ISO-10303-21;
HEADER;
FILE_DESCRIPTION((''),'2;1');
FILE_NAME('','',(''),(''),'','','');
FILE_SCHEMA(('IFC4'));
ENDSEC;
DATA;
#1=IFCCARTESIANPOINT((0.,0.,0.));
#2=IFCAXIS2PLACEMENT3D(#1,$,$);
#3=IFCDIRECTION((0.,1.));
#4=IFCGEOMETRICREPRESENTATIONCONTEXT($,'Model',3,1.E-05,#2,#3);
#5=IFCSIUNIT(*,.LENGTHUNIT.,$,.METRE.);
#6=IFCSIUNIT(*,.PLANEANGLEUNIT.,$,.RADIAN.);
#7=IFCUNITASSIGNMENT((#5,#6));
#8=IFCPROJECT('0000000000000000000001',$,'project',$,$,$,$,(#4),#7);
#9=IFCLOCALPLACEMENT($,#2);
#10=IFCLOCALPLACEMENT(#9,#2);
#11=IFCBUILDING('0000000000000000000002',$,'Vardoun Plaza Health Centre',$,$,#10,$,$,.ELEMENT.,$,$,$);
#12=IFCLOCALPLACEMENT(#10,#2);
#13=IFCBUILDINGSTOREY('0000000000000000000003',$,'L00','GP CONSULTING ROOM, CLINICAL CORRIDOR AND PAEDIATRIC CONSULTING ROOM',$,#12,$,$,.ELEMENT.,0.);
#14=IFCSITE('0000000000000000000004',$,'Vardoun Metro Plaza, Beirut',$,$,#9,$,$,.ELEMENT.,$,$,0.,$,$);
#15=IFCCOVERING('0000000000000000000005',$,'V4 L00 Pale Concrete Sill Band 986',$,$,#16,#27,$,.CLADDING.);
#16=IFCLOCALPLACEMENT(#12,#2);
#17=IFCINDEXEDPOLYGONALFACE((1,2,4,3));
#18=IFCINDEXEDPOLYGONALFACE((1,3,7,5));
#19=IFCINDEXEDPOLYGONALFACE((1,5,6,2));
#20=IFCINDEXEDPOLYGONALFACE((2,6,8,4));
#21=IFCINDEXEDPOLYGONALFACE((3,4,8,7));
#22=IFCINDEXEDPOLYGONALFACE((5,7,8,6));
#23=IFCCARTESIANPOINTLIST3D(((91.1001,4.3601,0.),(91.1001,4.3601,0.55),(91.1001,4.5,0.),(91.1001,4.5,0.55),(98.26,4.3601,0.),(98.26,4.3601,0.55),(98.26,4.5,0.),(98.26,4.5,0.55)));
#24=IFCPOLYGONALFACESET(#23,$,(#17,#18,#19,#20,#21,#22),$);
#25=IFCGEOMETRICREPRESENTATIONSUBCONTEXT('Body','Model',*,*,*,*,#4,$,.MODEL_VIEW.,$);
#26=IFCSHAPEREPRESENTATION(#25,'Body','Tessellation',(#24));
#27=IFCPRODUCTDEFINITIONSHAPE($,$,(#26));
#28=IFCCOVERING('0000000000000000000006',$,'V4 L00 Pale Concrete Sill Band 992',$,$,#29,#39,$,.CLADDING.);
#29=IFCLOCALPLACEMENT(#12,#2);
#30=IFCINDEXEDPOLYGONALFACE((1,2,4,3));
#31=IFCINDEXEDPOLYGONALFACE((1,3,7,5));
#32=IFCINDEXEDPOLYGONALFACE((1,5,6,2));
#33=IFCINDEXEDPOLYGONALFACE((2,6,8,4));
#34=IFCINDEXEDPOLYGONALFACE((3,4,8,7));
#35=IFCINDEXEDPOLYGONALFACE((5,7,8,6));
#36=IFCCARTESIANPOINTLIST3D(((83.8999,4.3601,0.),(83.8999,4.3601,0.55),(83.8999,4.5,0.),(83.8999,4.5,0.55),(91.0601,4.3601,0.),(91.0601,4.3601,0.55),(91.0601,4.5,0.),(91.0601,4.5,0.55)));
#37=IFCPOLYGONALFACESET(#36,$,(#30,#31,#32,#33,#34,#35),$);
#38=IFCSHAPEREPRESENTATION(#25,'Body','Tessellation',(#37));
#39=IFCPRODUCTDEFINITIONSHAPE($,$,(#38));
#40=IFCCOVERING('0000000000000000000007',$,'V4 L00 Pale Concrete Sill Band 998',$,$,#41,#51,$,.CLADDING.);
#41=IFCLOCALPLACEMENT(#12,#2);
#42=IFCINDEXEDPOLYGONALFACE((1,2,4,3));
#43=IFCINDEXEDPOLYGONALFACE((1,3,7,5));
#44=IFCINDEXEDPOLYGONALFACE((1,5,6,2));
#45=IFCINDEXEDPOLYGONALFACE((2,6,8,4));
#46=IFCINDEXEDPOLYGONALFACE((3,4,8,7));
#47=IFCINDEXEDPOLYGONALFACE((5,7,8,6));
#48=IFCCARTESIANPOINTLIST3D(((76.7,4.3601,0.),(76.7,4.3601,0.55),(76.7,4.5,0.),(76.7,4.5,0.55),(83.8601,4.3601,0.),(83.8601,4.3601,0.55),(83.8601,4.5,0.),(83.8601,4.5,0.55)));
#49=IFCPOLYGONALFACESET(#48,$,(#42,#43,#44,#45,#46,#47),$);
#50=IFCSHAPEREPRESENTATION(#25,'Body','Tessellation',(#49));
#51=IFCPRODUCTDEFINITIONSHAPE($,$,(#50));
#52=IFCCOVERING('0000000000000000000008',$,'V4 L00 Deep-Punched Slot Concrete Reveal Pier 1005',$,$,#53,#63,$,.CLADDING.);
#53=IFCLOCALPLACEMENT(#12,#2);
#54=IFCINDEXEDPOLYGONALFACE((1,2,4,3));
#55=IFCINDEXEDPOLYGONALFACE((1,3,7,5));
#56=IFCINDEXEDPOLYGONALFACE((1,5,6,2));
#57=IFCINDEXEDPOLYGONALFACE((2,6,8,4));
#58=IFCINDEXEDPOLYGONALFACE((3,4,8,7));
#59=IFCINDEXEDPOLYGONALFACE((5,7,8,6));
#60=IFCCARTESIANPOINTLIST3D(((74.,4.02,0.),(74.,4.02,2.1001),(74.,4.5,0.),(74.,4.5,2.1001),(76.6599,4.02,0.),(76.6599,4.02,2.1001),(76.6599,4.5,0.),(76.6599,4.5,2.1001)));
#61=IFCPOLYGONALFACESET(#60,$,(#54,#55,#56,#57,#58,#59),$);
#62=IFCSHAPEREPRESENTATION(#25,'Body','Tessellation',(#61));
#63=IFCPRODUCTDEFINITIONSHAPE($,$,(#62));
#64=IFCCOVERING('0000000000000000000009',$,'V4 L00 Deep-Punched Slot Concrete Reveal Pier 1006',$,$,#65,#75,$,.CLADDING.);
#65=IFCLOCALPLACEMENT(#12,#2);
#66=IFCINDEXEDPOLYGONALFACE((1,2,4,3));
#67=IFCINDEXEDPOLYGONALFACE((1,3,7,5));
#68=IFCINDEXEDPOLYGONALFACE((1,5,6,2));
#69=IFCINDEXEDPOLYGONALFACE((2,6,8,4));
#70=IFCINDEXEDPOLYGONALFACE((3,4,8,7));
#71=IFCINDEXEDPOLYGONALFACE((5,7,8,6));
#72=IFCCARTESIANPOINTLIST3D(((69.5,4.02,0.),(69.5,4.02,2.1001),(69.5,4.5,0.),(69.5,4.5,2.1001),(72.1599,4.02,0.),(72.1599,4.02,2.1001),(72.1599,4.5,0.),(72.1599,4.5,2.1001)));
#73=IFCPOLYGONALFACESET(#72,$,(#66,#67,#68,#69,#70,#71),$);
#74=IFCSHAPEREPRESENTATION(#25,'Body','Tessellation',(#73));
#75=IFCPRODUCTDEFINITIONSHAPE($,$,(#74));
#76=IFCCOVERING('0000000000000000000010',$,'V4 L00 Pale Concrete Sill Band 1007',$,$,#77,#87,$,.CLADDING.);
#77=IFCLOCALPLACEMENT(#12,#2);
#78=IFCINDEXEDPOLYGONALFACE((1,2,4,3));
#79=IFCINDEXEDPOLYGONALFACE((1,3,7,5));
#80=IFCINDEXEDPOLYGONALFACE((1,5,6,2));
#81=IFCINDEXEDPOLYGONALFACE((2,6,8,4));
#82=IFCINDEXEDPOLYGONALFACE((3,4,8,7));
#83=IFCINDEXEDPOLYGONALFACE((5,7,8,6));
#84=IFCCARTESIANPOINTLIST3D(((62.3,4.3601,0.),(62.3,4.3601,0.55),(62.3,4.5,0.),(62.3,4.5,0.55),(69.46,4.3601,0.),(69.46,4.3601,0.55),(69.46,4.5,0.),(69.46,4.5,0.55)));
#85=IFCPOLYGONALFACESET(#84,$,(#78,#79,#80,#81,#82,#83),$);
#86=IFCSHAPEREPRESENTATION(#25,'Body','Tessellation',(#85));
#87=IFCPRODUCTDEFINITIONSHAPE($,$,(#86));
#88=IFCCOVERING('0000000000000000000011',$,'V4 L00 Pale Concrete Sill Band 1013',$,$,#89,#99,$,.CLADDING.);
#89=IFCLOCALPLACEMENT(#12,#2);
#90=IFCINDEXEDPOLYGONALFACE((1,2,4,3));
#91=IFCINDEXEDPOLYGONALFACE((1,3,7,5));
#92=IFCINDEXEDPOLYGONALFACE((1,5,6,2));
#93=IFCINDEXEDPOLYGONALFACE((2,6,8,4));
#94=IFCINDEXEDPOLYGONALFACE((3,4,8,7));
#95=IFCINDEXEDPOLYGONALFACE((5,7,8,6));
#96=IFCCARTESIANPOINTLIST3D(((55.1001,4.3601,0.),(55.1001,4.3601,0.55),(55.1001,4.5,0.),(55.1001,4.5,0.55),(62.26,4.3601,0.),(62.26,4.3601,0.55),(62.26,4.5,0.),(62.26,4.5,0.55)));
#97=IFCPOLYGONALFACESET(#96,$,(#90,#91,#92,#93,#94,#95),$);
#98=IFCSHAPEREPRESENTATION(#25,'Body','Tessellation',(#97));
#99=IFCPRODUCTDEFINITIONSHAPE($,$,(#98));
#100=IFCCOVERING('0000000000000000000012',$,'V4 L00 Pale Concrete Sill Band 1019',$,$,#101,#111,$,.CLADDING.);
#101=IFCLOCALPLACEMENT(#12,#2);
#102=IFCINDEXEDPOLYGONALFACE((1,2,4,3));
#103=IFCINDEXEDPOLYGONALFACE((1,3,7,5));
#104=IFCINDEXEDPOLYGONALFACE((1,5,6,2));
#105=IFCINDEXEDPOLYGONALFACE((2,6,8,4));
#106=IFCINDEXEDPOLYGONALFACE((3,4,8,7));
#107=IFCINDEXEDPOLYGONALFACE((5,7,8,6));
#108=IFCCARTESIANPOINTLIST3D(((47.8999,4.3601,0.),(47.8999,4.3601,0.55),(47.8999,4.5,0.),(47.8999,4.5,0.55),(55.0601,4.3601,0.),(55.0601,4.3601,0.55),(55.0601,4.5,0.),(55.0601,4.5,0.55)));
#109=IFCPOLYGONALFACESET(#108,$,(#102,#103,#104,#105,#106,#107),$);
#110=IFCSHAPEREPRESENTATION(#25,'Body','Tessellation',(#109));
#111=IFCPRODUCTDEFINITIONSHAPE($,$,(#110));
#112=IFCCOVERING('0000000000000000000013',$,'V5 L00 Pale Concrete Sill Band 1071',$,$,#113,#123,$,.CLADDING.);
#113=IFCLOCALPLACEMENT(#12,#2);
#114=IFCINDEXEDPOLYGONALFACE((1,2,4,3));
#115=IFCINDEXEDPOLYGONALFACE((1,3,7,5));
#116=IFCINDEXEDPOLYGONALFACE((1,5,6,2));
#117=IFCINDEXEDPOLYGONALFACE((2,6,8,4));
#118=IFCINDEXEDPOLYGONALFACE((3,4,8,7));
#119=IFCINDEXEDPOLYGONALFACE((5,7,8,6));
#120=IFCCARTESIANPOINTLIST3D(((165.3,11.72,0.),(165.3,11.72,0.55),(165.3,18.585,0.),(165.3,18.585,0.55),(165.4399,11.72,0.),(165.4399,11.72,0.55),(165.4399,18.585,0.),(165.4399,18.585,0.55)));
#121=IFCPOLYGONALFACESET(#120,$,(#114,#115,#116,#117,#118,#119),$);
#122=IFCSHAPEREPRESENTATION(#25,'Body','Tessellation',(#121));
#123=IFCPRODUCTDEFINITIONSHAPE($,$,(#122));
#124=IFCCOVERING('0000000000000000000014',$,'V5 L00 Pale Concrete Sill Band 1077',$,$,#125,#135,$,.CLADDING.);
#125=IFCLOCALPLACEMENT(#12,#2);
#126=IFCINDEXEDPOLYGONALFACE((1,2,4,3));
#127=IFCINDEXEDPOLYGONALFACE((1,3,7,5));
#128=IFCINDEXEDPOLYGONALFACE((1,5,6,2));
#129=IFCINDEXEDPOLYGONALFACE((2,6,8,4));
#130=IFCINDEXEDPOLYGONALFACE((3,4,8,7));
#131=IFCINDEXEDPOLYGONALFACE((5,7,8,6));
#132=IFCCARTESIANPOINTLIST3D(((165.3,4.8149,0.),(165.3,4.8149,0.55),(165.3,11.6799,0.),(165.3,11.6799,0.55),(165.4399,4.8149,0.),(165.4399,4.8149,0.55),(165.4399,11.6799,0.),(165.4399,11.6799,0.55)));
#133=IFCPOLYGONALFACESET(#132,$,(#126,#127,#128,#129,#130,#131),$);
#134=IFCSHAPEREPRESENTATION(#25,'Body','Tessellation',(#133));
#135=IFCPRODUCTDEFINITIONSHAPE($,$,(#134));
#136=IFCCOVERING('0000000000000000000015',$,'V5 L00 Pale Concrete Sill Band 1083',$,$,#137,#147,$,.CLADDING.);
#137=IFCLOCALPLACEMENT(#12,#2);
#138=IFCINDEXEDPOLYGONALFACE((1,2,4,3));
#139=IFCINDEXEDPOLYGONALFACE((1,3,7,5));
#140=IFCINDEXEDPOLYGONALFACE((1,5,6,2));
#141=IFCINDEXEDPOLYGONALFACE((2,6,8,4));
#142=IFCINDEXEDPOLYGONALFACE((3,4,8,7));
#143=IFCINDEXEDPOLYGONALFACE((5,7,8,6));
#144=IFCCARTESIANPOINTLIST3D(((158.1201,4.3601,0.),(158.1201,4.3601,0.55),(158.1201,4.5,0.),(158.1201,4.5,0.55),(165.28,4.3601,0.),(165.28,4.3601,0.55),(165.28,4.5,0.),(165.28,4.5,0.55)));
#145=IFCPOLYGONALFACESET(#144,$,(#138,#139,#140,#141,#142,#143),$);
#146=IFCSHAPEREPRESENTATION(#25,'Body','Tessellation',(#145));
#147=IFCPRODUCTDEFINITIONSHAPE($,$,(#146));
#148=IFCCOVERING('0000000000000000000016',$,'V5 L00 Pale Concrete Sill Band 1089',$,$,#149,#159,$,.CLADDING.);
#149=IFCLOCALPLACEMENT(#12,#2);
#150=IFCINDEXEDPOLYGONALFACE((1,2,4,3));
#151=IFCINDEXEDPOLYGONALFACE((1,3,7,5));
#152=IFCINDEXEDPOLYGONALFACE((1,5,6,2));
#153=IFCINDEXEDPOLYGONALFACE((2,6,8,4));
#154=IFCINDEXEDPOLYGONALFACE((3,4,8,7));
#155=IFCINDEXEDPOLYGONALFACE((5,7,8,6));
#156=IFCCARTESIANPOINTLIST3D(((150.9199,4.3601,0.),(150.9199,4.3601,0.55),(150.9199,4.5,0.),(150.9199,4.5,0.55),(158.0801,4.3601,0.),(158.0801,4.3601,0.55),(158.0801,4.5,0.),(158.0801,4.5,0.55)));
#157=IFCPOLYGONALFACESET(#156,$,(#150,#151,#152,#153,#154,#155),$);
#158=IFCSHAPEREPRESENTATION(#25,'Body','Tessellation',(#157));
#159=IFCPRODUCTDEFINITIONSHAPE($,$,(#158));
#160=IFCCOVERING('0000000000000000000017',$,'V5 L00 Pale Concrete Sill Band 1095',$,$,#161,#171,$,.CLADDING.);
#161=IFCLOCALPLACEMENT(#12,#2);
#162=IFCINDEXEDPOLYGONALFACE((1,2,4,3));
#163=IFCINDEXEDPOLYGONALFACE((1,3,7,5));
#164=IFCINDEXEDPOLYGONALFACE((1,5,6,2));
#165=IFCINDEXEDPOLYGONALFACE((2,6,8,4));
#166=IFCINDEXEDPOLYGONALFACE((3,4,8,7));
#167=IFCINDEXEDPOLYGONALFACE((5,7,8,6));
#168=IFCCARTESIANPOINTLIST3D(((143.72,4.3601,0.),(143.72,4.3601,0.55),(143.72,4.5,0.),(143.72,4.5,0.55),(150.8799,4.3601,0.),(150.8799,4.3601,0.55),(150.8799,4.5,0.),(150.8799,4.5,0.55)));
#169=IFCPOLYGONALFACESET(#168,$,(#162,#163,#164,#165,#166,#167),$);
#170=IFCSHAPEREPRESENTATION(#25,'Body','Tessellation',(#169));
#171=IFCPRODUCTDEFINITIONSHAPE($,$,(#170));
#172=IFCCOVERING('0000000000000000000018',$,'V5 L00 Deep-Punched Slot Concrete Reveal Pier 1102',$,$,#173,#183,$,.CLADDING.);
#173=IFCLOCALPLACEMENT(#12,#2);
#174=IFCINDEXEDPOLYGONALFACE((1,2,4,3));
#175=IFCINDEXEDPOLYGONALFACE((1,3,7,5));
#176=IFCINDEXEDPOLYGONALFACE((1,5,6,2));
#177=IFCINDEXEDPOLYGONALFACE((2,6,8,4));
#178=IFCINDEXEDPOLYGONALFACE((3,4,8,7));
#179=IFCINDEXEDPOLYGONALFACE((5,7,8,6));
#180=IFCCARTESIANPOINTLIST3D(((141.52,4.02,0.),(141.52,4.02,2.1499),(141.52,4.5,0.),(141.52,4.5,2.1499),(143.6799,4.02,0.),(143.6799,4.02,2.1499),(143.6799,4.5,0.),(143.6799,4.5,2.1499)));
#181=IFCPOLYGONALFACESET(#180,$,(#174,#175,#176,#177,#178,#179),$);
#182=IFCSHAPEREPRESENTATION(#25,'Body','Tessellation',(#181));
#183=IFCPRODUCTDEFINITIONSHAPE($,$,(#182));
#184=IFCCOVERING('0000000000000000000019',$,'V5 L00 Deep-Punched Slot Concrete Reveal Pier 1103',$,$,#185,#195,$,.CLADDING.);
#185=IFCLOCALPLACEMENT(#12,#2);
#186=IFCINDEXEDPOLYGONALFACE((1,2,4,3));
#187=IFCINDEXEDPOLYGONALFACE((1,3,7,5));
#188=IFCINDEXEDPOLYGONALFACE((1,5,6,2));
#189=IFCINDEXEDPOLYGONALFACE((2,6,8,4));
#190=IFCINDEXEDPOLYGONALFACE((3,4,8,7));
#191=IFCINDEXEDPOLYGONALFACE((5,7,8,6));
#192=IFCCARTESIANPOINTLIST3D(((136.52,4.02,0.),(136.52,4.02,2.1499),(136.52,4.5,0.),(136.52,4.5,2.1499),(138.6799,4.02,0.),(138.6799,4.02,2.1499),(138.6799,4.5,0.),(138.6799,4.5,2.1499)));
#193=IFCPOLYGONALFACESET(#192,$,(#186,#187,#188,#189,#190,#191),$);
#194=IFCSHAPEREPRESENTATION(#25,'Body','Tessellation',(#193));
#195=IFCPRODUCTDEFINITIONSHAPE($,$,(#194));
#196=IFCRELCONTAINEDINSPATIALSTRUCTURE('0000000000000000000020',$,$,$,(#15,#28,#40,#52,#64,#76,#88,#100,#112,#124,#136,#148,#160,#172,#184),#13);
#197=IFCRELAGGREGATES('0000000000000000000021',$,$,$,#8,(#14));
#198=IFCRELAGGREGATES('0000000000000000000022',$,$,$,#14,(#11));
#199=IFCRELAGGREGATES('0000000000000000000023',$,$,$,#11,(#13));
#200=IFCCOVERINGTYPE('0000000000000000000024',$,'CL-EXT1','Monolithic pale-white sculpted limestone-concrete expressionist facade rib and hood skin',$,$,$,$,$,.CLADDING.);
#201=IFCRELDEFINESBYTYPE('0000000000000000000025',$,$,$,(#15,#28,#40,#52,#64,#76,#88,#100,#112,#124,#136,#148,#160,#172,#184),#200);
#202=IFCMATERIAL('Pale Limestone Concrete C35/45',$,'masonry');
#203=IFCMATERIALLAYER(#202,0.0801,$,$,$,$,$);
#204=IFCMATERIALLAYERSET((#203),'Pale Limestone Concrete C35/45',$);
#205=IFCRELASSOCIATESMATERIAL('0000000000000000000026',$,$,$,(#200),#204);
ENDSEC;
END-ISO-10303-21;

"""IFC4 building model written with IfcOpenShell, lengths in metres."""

from ifc_helpers import new_model, si_unit, direction, origin, place, context, subcontext, project, spatial, polyline, outline, extrude, material, layer, layer_set, type_object, element, save


model = new_model("IFC4")

# Units and contexts
model_context = context("Model", 3, precision=1e-05, world=origin(), true_north=direction((0.0, 1.0)))
body_context = subcontext(model_context, "Body", "Model", "MODEL_VIEW")
ifc_project = project(units=[si_unit("LENGTHUNIT", "METRE"), si_unit("PLANEANGLEUNIT", "RADIAN")], contexts=[model_context])

# Site, building, storey
site_placement = place(None, origin())
site = spatial("IfcSite", under=ifc_project, at=site_placement, Name="Vardoun Metro Plaza, Beirut", CompositionType="ELEMENT", RefElevation=0.0)
building_placement = place(site_placement, origin())
building = spatial("IfcBuilding", under=site, at=building_placement, Name="Vardoun Plaza Health Centre", CompositionType="ELEMENT")
storey_placement = place(building_placement, origin())
storey = spatial("IfcBuildingStorey", under=building, at=storey_placement, Name="L00", Description="GP CONSULTING ROOM, CLINICAL CORRIDOR AND PAEDIATRIC CONSULTING ROOM", CompositionType="ELEMENT", Elevation=0.0)

# Coverings
ifc_material = material(Name="Pale Limestone Concrete C35/45", Category="masonry")
ifc_layer = layer(ifc_material, 0.0801)
ifc_layer_set = layer_set([ifc_layer], Name="Pale Limestone Concrete C35/45")
covering_type = type_object("IfcCoveringType", Name="CL-EXT1", Description="Monolithic pale-white sculpted limestone-concrete expressionist facade rib and hood skin", PredefinedType="CLADDING", material=ifc_layer_set)
covering_1_placement = place(storey_placement, origin())
element("IfcCovering", 1, at=covering_1_placement, inside=storey, type_object=covering_type, Name="V4 L00 Pale Concrete Sill Band 986", PredefinedType="CLADDING", context=body_context, shape_type="SweptSolid", body=[
    extrude(outline(polyline([(98.26, 4.5), (91.1001, 4.5), (91.1001, 4.3601), (98.26, 4.3601), (98.26, 4.5)])), origin(), (0.0, 0.0, 1.0), 0.55),
])
covering_2_placement = place(storey_placement, origin())
element("IfcCovering", 2, at=covering_2_placement, inside=storey, type_object=covering_type, Name="V4 L00 Pale Concrete Sill Band 992", PredefinedType="CLADDING", context=body_context, shape_type="SweptSolid", body=[
    extrude(outline(polyline([(91.0601, 4.5), (83.8999, 4.5), (83.8999, 4.3601), (91.0601, 4.3601), (91.0601, 4.5)])), origin(), (0.0, 0.0, 1.0), 0.55),
])
covering_3_placement = place(storey_placement, origin())
element("IfcCovering", 3, at=covering_3_placement, inside=storey, type_object=covering_type, Name="V4 L00 Pale Concrete Sill Band 998", PredefinedType="CLADDING", context=body_context, shape_type="SweptSolid", body=[
    extrude(outline(polyline([(83.8601, 4.5), (76.7, 4.5), (76.7, 4.3601), (83.8601, 4.3601), (83.8601, 4.5)])), origin(), (0.0, 0.0, 1.0), 0.55),
])
covering_4_placement = place(storey_placement, origin())
element("IfcCovering", 4, at=covering_4_placement, inside=storey, type_object=covering_type, Name="V4 L00 Deep-Punched Slot Concrete Reveal Pier 1005", PredefinedType="CLADDING", context=body_context, shape_type="SweptSolid", body=[
    extrude(outline(polyline([(76.6599, 4.5), (74.0, 4.5), (74.0, 4.02), (76.6599, 4.02), (76.6599, 4.5)])), origin(), (0.0, 0.0, 1.0), 2.1001),
])
covering_5_placement = place(storey_placement, origin())
element("IfcCovering", 5, at=covering_5_placement, inside=storey, type_object=covering_type, Name="V4 L00 Deep-Punched Slot Concrete Reveal Pier 1006", PredefinedType="CLADDING", context=body_context, shape_type="SweptSolid", body=[
    extrude(outline(polyline([(72.1599, 4.5), (69.5, 4.5), (69.5, 4.02), (72.1599, 4.02), (72.1599, 4.5)])), origin(), (0.0, 0.0, 1.0), 2.1001),
])
covering_6_placement = place(storey_placement, origin())
element("IfcCovering", 6, at=covering_6_placement, inside=storey, type_object=covering_type, Name="V4 L00 Pale Concrete Sill Band 1007", PredefinedType="CLADDING", context=body_context, shape_type="SweptSolid", body=[
    extrude(outline(polyline([(69.46, 4.5), (62.3, 4.5), (62.3, 4.3601), (69.46, 4.3601), (69.46, 4.5)])), origin(), (0.0, 0.0, 1.0), 0.55),
])
covering_7_placement = place(storey_placement, origin())
element("IfcCovering", 7, at=covering_7_placement, inside=storey, type_object=covering_type, Name="V4 L00 Pale Concrete Sill Band 1013", PredefinedType="CLADDING", context=body_context, shape_type="SweptSolid", body=[
    extrude(outline(polyline([(62.26, 4.5), (55.1001, 4.5), (55.1001, 4.3601), (62.26, 4.3601), (62.26, 4.5)])), origin(), (0.0, 0.0, 1.0), 0.55),
])
covering_8_placement = place(storey_placement, origin())
element("IfcCovering", 8, at=covering_8_placement, inside=storey, type_object=covering_type, Name="V4 L00 Pale Concrete Sill Band 1019", PredefinedType="CLADDING", context=body_context, shape_type="SweptSolid", body=[
    extrude(outline(polyline([(55.0601, 4.5), (47.8999, 4.5), (47.8999, 4.3601), (55.0601, 4.3601), (55.0601, 4.5)])), origin(), (0.0, 0.0, 1.0), 0.55),
])
covering_9_placement = place(storey_placement, origin())
element("IfcCovering", 9, at=covering_9_placement, inside=storey, type_object=covering_type, Name="V5 L00 Pale Concrete Sill Band 1071", PredefinedType="CLADDING", context=body_context, shape_type="SweptSolid", body=[
    extrude(outline(polyline([(165.3, 18.585), (165.3, 11.72), (165.4399, 11.72), (165.4399, 18.585), (165.3, 18.585)])), origin(), (0.0, 0.0, 1.0), 0.55),
])
covering_10_placement = place(storey_placement, origin())
element("IfcCovering", 10, at=covering_10_placement, inside=storey, type_object=covering_type, Name="V5 L00 Pale Concrete Sill Band 1077", PredefinedType="CLADDING", context=body_context, shape_type="SweptSolid", body=[
    extrude(outline(polyline([(165.3, 11.6799), (165.3, 4.8149), (165.4399, 4.8149), (165.4399, 11.6799), (165.3, 11.6799)])), origin(), (0.0, 0.0, 1.0), 0.55),
])
covering_11_placement = place(storey_placement, origin())
element("IfcCovering", 11, at=covering_11_placement, inside=storey, type_object=covering_type, Name="V5 L00 Pale Concrete Sill Band 1083", PredefinedType="CLADDING", context=body_context, shape_type="SweptSolid", body=[
    extrude(outline(polyline([(165.28, 4.5), (158.1201, 4.5), (158.1201, 4.3601), (165.28, 4.3601), (165.28, 4.5)])), origin(), (0.0, 0.0, 1.0), 0.55),
])
covering_12_placement = place(storey_placement, origin())
element("IfcCovering", 12, at=covering_12_placement, inside=storey, type_object=covering_type, Name="V5 L00 Pale Concrete Sill Band 1089", PredefinedType="CLADDING", context=body_context, shape_type="SweptSolid", body=[
    extrude(outline(polyline([(158.0801, 4.5), (150.9199, 4.5), (150.9199, 4.3601), (158.0801, 4.3601), (158.0801, 4.5)])), origin(), (0.0, 0.0, 1.0), 0.55),
])
covering_13_placement = place(storey_placement, origin())
element("IfcCovering", 13, at=covering_13_placement, inside=storey, type_object=covering_type, Name="V5 L00 Pale Concrete Sill Band 1095", PredefinedType="CLADDING", context=body_context, shape_type="SweptSolid", body=[
    extrude(outline(polyline([(150.8799, 4.5), (143.72, 4.5), (143.72, 4.3601), (150.8799, 4.3601), (150.8799, 4.5)])), origin(), (0.0, 0.0, 1.0), 0.55),
])
covering_14_placement = place(storey_placement, origin())
element("IfcCovering", 14, at=covering_14_placement, inside=storey, type_object=covering_type, Name="V5 L00 Deep-Punched Slot Concrete Reveal Pier 1102", PredefinedType="CLADDING", context=body_context, shape_type="SweptSolid", body=[
    extrude(outline(polyline([(143.6799, 4.5), (141.52, 4.5), (141.52, 4.02), (143.6799, 4.02), (143.6799, 4.5)])), origin(), (0.0, 0.0, 1.0), 2.1499),
])
covering_15_placement = place(storey_placement, origin())
element("IfcCovering", 15, at=covering_15_placement, inside=storey, type_object=covering_type, Name="V5 L00 Deep-Punched Slot Concrete Reveal Pier 1103", PredefinedType="CLADDING", context=body_context, shape_type="SweptSolid", body=[
    extrude(outline(polyline([(138.6799, 4.5), (136.52, 4.5), (136.52, 4.02), (138.6799, 4.02), (138.6799, 4.5)])), origin(), (0.0, 0.0, 1.0), 2.1499),
])

save(model, "model.ifc")
